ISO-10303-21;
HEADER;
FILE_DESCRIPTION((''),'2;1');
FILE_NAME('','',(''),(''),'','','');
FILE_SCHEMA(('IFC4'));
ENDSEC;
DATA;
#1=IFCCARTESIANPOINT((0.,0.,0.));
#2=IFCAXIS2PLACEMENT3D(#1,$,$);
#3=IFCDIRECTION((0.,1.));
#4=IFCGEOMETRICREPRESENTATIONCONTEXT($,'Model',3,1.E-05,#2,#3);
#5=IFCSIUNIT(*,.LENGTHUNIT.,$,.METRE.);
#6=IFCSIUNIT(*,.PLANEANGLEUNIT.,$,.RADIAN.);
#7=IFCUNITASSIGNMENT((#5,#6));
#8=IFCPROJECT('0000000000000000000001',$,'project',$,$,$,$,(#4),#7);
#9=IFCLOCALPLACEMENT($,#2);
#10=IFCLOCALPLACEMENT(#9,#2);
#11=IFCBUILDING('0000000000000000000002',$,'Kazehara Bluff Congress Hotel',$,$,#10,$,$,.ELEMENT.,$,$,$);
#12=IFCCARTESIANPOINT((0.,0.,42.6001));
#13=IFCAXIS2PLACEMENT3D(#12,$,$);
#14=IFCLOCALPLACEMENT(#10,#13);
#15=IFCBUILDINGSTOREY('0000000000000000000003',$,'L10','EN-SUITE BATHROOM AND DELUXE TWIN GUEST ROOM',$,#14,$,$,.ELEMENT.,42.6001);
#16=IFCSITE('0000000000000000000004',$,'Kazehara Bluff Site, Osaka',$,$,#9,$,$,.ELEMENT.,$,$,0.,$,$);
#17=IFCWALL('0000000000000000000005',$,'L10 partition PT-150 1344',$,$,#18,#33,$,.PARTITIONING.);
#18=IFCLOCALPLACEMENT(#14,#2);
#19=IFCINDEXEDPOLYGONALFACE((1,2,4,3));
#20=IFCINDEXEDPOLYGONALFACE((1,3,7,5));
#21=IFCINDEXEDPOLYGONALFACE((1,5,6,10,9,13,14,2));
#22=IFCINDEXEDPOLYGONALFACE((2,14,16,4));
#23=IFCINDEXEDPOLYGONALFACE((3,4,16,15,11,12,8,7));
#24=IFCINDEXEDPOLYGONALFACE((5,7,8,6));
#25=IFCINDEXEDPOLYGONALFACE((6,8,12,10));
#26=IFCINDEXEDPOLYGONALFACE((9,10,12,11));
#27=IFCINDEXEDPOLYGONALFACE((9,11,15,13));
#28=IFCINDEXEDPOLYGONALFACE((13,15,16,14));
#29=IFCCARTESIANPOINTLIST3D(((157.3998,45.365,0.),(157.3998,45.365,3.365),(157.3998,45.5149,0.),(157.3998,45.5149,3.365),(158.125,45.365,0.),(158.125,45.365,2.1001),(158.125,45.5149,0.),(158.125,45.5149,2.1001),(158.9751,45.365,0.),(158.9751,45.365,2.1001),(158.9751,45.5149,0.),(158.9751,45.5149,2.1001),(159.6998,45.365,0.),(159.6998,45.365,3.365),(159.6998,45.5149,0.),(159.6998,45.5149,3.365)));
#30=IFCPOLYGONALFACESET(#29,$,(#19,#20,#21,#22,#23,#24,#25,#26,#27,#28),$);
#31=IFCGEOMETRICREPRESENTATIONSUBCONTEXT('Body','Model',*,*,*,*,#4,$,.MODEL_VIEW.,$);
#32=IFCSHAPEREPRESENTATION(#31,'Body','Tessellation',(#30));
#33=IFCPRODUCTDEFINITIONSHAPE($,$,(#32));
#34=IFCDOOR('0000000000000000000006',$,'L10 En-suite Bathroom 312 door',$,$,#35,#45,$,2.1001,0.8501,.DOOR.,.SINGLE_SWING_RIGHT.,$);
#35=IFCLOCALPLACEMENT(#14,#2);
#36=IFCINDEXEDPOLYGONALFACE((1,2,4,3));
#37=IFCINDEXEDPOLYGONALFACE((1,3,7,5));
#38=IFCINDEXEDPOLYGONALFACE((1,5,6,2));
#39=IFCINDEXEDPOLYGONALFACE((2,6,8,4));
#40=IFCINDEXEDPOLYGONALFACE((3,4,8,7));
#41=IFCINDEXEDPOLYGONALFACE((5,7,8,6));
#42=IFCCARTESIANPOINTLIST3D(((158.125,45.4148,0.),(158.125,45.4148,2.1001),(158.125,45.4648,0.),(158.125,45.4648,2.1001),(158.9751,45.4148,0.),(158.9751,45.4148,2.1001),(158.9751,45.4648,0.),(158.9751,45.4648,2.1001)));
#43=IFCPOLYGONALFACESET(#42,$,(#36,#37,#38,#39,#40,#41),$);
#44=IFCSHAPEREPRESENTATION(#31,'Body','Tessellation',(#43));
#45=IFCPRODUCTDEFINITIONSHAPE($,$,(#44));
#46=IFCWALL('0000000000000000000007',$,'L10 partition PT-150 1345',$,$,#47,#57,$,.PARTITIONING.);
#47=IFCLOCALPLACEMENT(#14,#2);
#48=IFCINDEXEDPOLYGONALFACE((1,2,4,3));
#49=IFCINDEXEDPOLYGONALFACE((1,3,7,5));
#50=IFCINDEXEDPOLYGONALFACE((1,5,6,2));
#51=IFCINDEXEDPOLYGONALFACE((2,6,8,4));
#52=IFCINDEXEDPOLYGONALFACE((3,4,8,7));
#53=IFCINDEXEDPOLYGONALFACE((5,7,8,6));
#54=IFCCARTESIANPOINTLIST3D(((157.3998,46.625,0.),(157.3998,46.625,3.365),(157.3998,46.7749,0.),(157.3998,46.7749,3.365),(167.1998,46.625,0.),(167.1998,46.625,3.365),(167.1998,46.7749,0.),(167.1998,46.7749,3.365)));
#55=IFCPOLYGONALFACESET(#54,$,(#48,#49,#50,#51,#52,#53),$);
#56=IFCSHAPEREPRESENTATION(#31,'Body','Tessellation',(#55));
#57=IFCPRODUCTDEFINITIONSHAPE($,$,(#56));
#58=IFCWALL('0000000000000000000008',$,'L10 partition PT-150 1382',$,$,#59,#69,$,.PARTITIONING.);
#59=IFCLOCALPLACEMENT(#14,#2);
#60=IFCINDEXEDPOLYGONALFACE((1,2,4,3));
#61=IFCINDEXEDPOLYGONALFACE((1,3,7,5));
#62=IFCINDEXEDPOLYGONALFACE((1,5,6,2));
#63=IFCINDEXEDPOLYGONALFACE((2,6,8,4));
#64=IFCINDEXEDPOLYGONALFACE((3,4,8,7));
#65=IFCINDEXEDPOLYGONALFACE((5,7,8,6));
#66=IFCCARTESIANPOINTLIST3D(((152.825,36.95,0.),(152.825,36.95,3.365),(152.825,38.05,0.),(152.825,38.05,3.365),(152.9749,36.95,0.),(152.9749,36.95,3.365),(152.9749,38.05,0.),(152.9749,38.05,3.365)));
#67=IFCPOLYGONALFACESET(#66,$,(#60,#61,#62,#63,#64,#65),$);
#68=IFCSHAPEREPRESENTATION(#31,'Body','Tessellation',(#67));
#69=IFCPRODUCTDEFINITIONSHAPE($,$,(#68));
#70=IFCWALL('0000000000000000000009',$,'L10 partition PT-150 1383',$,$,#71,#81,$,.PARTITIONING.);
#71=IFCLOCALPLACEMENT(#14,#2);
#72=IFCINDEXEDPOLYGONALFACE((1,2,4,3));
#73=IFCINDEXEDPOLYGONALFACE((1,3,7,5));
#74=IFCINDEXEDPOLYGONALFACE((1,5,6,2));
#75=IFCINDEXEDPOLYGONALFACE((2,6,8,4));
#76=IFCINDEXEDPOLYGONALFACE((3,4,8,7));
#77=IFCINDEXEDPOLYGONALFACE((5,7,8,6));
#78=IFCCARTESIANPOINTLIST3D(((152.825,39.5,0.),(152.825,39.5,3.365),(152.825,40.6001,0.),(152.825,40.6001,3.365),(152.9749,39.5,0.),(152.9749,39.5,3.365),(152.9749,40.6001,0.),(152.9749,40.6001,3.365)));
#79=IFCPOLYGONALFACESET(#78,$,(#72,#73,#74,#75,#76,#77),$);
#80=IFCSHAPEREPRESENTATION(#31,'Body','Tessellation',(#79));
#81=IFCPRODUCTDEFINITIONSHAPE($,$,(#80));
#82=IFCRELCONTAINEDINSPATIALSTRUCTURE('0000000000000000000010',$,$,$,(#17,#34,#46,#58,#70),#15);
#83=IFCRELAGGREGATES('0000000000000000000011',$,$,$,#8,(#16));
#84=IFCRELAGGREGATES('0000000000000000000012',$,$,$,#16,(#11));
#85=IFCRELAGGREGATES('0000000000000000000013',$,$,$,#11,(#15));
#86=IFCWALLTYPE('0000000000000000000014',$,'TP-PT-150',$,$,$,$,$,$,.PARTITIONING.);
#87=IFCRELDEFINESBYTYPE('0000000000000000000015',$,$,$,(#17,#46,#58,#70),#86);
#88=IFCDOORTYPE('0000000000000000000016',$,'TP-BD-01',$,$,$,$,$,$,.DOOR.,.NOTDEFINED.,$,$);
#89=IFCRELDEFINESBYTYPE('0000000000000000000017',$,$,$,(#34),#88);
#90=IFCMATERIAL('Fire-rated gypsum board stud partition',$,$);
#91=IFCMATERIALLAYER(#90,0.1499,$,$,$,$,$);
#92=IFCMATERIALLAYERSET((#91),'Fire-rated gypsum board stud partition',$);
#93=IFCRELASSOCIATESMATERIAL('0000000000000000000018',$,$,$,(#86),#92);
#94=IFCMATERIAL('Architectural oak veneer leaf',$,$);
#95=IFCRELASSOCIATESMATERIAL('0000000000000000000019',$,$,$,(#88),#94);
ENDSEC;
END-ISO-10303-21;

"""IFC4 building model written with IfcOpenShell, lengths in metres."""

from ifc_helpers import new_model, si_unit, direction, frame, frame_2d, origin, place, context, subcontext, project, spatial, rectangle, extrude, material, layer, layer_set, type_object, element, fill, save


model = new_model("IFC4")

# Units and contexts
model_context = context("Model", 3, precision=1e-05, world=origin(), true_north=direction((0.0, 1.0)))
body_context = subcontext(model_context, "Body", "Model", "MODEL_VIEW")
ifc_project = project(units=[si_unit("LENGTHUNIT", "METRE"), si_unit("PLANEANGLEUNIT", "RADIAN")], contexts=[model_context])

# Site, building, storey
site_placement = place(None, origin())
site = spatial("IfcSite", under=ifc_project, at=site_placement, Name="Kazehara Bluff Site, Osaka", CompositionType="ELEMENT", RefElevation=0.0)
building_placement = place(site_placement, origin())
building = spatial("IfcBuilding", under=site, at=building_placement, Name="Kazehara Bluff Congress Hotel", CompositionType="ELEMENT")
storey_placement = place(building_placement, frame((0.0, 0.0, 42.6001)))
storey = spatial("IfcBuildingStorey", under=building, at=storey_placement, Name="L10", Description="EN-SUITE BATHROOM AND DELUXE TWIN GUEST ROOM", CompositionType="ELEMENT", Elevation=42.6001)

# Shared definitions
ifc_material_1 = material(Name="Fire-rated gypsum board stud partition")
ifc_layer_1 = layer(ifc_material_1, 0.1499)
ifc_layer_set_1 = layer_set([ifc_layer_1], Name="Fire-rated gypsum board stud partition")
wall_type_1 = type_object("IfcWallType", Name="TP-PT-150", PredefinedType="PARTITIONING", material=ifc_layer_set_1)
ifc_material_2 = material(Name="Architectural oak veneer leaf")
door_type_1 = type_object("IfcDoorType", Name="TP-BD-01", OperationType="NOTDEFINED", PredefinedType="DOOR", material=ifc_material_2)

# Wall, opening, door
wall_1_placement = place(storey_placement, frame((157.3999, 45.4399, 0.0), z_axis=(0.0, 0.0, 1.0), x_axis=(1.0, 0.0, 0.0)))
wall_1 = element("IfcWall", 1, at=wall_1_placement, inside=storey, type_object=wall_type_1, Name="L10 partition PT-150 1344", PredefinedType="PARTITIONING", context=body_context, shape_type="SweptSolid", body=[
    extrude(rectangle(XDim=2.3, YDim=0.1499, at=frame_2d((1.1499, 0.0))), origin(), (0.0, 0.0, 1.0), 3.365),
])
opening_1_placement = place(wall_1_placement, frame((0.7251, 0.0, 0.0)))
opening_1 = element("IfcOpeningElement", 2, at=opening_1_placement, cuts=wall_1, PredefinedType="OPENING", context=body_context, shape_type="SweptSolid", body=[
    extrude(rectangle(XDim=0.8501, YDim=2.1001, at=frame_2d((0.425, 1.05))), frame((0.0, 0.085, 0.0), z_axis=(0.0, -1.0, 0.0), x_axis=(1.0, 0.0, 0.0)), (0.0, 0.0, 1.0), 0.1699),
])
door_1_placement = place(opening_1_placement, origin())
door_1 = element("IfcDoor", 3, at=door_1_placement, inside=storey, type_object=door_type_1, Name="L10 En-suite Bathroom 312 door", OperationType="SINGLE_SWING_RIGHT", OverallHeight=2.1001, OverallWidth=0.8501, PredefinedType="DOOR", context=body_context, shape_type="SweptSolid", body=[
    extrude(rectangle(XDim=0.8501, YDim=2.1001, at=frame_2d((0.425, 1.05))), frame((0.0, 0.0249, 0.0), z_axis=(0.0, -1.0, 0.0), x_axis=(1.0, 0.0, 0.0)), (0.0, 0.0, 1.0), 0.05),
])
fill(opening_1, door_1)

# Walls
wall_2_placement = place(storey_placement, frame((157.3999, 46.7, 0.0), z_axis=(0.0, 0.0, 1.0), x_axis=(1.0, 0.0, 0.0)))
element("IfcWall", 4, at=wall_2_placement, inside=storey, type_object=wall_type_1, Name="L10 partition PT-150 1345", PredefinedType="PARTITIONING", context=body_context, shape_type="SweptSolid", body=[
    extrude(rectangle(XDim=9.8, YDim=0.1499, at=frame_2d((4.8999, 0.0))), origin(), (0.0, 0.0, 1.0), 3.365),
])
for number, where, z_axis, x_axis, name in (
    (5, (152.8999, 36.95, 0.0), (0.0, 0.0, 1.0), (0.0, 1.0, 0.0), "L10 partition PT-150 1382"),
    (6, (152.8999, 39.5, 0.0), (0.0, 0.0, 1.0), (0.0, 1.0, 0.0), "L10 partition PT-150 1383"),
):
    element("IfcWall", number, at=place(storey_placement, frame(where, z_axis=z_axis, x_axis=x_axis)), inside=storey, type_object=wall_type_1, Name=name, PredefinedType="PARTITIONING", context=body_context, shape_type="SweptSolid", body=[
        extrude(rectangle(XDim=1.1001, YDim=0.1499, at=frame_2d((0.55, 0.0))), origin(), (0.0, 0.0, 1.0), 3.365),
    ])

save(model, "model.ifc")
